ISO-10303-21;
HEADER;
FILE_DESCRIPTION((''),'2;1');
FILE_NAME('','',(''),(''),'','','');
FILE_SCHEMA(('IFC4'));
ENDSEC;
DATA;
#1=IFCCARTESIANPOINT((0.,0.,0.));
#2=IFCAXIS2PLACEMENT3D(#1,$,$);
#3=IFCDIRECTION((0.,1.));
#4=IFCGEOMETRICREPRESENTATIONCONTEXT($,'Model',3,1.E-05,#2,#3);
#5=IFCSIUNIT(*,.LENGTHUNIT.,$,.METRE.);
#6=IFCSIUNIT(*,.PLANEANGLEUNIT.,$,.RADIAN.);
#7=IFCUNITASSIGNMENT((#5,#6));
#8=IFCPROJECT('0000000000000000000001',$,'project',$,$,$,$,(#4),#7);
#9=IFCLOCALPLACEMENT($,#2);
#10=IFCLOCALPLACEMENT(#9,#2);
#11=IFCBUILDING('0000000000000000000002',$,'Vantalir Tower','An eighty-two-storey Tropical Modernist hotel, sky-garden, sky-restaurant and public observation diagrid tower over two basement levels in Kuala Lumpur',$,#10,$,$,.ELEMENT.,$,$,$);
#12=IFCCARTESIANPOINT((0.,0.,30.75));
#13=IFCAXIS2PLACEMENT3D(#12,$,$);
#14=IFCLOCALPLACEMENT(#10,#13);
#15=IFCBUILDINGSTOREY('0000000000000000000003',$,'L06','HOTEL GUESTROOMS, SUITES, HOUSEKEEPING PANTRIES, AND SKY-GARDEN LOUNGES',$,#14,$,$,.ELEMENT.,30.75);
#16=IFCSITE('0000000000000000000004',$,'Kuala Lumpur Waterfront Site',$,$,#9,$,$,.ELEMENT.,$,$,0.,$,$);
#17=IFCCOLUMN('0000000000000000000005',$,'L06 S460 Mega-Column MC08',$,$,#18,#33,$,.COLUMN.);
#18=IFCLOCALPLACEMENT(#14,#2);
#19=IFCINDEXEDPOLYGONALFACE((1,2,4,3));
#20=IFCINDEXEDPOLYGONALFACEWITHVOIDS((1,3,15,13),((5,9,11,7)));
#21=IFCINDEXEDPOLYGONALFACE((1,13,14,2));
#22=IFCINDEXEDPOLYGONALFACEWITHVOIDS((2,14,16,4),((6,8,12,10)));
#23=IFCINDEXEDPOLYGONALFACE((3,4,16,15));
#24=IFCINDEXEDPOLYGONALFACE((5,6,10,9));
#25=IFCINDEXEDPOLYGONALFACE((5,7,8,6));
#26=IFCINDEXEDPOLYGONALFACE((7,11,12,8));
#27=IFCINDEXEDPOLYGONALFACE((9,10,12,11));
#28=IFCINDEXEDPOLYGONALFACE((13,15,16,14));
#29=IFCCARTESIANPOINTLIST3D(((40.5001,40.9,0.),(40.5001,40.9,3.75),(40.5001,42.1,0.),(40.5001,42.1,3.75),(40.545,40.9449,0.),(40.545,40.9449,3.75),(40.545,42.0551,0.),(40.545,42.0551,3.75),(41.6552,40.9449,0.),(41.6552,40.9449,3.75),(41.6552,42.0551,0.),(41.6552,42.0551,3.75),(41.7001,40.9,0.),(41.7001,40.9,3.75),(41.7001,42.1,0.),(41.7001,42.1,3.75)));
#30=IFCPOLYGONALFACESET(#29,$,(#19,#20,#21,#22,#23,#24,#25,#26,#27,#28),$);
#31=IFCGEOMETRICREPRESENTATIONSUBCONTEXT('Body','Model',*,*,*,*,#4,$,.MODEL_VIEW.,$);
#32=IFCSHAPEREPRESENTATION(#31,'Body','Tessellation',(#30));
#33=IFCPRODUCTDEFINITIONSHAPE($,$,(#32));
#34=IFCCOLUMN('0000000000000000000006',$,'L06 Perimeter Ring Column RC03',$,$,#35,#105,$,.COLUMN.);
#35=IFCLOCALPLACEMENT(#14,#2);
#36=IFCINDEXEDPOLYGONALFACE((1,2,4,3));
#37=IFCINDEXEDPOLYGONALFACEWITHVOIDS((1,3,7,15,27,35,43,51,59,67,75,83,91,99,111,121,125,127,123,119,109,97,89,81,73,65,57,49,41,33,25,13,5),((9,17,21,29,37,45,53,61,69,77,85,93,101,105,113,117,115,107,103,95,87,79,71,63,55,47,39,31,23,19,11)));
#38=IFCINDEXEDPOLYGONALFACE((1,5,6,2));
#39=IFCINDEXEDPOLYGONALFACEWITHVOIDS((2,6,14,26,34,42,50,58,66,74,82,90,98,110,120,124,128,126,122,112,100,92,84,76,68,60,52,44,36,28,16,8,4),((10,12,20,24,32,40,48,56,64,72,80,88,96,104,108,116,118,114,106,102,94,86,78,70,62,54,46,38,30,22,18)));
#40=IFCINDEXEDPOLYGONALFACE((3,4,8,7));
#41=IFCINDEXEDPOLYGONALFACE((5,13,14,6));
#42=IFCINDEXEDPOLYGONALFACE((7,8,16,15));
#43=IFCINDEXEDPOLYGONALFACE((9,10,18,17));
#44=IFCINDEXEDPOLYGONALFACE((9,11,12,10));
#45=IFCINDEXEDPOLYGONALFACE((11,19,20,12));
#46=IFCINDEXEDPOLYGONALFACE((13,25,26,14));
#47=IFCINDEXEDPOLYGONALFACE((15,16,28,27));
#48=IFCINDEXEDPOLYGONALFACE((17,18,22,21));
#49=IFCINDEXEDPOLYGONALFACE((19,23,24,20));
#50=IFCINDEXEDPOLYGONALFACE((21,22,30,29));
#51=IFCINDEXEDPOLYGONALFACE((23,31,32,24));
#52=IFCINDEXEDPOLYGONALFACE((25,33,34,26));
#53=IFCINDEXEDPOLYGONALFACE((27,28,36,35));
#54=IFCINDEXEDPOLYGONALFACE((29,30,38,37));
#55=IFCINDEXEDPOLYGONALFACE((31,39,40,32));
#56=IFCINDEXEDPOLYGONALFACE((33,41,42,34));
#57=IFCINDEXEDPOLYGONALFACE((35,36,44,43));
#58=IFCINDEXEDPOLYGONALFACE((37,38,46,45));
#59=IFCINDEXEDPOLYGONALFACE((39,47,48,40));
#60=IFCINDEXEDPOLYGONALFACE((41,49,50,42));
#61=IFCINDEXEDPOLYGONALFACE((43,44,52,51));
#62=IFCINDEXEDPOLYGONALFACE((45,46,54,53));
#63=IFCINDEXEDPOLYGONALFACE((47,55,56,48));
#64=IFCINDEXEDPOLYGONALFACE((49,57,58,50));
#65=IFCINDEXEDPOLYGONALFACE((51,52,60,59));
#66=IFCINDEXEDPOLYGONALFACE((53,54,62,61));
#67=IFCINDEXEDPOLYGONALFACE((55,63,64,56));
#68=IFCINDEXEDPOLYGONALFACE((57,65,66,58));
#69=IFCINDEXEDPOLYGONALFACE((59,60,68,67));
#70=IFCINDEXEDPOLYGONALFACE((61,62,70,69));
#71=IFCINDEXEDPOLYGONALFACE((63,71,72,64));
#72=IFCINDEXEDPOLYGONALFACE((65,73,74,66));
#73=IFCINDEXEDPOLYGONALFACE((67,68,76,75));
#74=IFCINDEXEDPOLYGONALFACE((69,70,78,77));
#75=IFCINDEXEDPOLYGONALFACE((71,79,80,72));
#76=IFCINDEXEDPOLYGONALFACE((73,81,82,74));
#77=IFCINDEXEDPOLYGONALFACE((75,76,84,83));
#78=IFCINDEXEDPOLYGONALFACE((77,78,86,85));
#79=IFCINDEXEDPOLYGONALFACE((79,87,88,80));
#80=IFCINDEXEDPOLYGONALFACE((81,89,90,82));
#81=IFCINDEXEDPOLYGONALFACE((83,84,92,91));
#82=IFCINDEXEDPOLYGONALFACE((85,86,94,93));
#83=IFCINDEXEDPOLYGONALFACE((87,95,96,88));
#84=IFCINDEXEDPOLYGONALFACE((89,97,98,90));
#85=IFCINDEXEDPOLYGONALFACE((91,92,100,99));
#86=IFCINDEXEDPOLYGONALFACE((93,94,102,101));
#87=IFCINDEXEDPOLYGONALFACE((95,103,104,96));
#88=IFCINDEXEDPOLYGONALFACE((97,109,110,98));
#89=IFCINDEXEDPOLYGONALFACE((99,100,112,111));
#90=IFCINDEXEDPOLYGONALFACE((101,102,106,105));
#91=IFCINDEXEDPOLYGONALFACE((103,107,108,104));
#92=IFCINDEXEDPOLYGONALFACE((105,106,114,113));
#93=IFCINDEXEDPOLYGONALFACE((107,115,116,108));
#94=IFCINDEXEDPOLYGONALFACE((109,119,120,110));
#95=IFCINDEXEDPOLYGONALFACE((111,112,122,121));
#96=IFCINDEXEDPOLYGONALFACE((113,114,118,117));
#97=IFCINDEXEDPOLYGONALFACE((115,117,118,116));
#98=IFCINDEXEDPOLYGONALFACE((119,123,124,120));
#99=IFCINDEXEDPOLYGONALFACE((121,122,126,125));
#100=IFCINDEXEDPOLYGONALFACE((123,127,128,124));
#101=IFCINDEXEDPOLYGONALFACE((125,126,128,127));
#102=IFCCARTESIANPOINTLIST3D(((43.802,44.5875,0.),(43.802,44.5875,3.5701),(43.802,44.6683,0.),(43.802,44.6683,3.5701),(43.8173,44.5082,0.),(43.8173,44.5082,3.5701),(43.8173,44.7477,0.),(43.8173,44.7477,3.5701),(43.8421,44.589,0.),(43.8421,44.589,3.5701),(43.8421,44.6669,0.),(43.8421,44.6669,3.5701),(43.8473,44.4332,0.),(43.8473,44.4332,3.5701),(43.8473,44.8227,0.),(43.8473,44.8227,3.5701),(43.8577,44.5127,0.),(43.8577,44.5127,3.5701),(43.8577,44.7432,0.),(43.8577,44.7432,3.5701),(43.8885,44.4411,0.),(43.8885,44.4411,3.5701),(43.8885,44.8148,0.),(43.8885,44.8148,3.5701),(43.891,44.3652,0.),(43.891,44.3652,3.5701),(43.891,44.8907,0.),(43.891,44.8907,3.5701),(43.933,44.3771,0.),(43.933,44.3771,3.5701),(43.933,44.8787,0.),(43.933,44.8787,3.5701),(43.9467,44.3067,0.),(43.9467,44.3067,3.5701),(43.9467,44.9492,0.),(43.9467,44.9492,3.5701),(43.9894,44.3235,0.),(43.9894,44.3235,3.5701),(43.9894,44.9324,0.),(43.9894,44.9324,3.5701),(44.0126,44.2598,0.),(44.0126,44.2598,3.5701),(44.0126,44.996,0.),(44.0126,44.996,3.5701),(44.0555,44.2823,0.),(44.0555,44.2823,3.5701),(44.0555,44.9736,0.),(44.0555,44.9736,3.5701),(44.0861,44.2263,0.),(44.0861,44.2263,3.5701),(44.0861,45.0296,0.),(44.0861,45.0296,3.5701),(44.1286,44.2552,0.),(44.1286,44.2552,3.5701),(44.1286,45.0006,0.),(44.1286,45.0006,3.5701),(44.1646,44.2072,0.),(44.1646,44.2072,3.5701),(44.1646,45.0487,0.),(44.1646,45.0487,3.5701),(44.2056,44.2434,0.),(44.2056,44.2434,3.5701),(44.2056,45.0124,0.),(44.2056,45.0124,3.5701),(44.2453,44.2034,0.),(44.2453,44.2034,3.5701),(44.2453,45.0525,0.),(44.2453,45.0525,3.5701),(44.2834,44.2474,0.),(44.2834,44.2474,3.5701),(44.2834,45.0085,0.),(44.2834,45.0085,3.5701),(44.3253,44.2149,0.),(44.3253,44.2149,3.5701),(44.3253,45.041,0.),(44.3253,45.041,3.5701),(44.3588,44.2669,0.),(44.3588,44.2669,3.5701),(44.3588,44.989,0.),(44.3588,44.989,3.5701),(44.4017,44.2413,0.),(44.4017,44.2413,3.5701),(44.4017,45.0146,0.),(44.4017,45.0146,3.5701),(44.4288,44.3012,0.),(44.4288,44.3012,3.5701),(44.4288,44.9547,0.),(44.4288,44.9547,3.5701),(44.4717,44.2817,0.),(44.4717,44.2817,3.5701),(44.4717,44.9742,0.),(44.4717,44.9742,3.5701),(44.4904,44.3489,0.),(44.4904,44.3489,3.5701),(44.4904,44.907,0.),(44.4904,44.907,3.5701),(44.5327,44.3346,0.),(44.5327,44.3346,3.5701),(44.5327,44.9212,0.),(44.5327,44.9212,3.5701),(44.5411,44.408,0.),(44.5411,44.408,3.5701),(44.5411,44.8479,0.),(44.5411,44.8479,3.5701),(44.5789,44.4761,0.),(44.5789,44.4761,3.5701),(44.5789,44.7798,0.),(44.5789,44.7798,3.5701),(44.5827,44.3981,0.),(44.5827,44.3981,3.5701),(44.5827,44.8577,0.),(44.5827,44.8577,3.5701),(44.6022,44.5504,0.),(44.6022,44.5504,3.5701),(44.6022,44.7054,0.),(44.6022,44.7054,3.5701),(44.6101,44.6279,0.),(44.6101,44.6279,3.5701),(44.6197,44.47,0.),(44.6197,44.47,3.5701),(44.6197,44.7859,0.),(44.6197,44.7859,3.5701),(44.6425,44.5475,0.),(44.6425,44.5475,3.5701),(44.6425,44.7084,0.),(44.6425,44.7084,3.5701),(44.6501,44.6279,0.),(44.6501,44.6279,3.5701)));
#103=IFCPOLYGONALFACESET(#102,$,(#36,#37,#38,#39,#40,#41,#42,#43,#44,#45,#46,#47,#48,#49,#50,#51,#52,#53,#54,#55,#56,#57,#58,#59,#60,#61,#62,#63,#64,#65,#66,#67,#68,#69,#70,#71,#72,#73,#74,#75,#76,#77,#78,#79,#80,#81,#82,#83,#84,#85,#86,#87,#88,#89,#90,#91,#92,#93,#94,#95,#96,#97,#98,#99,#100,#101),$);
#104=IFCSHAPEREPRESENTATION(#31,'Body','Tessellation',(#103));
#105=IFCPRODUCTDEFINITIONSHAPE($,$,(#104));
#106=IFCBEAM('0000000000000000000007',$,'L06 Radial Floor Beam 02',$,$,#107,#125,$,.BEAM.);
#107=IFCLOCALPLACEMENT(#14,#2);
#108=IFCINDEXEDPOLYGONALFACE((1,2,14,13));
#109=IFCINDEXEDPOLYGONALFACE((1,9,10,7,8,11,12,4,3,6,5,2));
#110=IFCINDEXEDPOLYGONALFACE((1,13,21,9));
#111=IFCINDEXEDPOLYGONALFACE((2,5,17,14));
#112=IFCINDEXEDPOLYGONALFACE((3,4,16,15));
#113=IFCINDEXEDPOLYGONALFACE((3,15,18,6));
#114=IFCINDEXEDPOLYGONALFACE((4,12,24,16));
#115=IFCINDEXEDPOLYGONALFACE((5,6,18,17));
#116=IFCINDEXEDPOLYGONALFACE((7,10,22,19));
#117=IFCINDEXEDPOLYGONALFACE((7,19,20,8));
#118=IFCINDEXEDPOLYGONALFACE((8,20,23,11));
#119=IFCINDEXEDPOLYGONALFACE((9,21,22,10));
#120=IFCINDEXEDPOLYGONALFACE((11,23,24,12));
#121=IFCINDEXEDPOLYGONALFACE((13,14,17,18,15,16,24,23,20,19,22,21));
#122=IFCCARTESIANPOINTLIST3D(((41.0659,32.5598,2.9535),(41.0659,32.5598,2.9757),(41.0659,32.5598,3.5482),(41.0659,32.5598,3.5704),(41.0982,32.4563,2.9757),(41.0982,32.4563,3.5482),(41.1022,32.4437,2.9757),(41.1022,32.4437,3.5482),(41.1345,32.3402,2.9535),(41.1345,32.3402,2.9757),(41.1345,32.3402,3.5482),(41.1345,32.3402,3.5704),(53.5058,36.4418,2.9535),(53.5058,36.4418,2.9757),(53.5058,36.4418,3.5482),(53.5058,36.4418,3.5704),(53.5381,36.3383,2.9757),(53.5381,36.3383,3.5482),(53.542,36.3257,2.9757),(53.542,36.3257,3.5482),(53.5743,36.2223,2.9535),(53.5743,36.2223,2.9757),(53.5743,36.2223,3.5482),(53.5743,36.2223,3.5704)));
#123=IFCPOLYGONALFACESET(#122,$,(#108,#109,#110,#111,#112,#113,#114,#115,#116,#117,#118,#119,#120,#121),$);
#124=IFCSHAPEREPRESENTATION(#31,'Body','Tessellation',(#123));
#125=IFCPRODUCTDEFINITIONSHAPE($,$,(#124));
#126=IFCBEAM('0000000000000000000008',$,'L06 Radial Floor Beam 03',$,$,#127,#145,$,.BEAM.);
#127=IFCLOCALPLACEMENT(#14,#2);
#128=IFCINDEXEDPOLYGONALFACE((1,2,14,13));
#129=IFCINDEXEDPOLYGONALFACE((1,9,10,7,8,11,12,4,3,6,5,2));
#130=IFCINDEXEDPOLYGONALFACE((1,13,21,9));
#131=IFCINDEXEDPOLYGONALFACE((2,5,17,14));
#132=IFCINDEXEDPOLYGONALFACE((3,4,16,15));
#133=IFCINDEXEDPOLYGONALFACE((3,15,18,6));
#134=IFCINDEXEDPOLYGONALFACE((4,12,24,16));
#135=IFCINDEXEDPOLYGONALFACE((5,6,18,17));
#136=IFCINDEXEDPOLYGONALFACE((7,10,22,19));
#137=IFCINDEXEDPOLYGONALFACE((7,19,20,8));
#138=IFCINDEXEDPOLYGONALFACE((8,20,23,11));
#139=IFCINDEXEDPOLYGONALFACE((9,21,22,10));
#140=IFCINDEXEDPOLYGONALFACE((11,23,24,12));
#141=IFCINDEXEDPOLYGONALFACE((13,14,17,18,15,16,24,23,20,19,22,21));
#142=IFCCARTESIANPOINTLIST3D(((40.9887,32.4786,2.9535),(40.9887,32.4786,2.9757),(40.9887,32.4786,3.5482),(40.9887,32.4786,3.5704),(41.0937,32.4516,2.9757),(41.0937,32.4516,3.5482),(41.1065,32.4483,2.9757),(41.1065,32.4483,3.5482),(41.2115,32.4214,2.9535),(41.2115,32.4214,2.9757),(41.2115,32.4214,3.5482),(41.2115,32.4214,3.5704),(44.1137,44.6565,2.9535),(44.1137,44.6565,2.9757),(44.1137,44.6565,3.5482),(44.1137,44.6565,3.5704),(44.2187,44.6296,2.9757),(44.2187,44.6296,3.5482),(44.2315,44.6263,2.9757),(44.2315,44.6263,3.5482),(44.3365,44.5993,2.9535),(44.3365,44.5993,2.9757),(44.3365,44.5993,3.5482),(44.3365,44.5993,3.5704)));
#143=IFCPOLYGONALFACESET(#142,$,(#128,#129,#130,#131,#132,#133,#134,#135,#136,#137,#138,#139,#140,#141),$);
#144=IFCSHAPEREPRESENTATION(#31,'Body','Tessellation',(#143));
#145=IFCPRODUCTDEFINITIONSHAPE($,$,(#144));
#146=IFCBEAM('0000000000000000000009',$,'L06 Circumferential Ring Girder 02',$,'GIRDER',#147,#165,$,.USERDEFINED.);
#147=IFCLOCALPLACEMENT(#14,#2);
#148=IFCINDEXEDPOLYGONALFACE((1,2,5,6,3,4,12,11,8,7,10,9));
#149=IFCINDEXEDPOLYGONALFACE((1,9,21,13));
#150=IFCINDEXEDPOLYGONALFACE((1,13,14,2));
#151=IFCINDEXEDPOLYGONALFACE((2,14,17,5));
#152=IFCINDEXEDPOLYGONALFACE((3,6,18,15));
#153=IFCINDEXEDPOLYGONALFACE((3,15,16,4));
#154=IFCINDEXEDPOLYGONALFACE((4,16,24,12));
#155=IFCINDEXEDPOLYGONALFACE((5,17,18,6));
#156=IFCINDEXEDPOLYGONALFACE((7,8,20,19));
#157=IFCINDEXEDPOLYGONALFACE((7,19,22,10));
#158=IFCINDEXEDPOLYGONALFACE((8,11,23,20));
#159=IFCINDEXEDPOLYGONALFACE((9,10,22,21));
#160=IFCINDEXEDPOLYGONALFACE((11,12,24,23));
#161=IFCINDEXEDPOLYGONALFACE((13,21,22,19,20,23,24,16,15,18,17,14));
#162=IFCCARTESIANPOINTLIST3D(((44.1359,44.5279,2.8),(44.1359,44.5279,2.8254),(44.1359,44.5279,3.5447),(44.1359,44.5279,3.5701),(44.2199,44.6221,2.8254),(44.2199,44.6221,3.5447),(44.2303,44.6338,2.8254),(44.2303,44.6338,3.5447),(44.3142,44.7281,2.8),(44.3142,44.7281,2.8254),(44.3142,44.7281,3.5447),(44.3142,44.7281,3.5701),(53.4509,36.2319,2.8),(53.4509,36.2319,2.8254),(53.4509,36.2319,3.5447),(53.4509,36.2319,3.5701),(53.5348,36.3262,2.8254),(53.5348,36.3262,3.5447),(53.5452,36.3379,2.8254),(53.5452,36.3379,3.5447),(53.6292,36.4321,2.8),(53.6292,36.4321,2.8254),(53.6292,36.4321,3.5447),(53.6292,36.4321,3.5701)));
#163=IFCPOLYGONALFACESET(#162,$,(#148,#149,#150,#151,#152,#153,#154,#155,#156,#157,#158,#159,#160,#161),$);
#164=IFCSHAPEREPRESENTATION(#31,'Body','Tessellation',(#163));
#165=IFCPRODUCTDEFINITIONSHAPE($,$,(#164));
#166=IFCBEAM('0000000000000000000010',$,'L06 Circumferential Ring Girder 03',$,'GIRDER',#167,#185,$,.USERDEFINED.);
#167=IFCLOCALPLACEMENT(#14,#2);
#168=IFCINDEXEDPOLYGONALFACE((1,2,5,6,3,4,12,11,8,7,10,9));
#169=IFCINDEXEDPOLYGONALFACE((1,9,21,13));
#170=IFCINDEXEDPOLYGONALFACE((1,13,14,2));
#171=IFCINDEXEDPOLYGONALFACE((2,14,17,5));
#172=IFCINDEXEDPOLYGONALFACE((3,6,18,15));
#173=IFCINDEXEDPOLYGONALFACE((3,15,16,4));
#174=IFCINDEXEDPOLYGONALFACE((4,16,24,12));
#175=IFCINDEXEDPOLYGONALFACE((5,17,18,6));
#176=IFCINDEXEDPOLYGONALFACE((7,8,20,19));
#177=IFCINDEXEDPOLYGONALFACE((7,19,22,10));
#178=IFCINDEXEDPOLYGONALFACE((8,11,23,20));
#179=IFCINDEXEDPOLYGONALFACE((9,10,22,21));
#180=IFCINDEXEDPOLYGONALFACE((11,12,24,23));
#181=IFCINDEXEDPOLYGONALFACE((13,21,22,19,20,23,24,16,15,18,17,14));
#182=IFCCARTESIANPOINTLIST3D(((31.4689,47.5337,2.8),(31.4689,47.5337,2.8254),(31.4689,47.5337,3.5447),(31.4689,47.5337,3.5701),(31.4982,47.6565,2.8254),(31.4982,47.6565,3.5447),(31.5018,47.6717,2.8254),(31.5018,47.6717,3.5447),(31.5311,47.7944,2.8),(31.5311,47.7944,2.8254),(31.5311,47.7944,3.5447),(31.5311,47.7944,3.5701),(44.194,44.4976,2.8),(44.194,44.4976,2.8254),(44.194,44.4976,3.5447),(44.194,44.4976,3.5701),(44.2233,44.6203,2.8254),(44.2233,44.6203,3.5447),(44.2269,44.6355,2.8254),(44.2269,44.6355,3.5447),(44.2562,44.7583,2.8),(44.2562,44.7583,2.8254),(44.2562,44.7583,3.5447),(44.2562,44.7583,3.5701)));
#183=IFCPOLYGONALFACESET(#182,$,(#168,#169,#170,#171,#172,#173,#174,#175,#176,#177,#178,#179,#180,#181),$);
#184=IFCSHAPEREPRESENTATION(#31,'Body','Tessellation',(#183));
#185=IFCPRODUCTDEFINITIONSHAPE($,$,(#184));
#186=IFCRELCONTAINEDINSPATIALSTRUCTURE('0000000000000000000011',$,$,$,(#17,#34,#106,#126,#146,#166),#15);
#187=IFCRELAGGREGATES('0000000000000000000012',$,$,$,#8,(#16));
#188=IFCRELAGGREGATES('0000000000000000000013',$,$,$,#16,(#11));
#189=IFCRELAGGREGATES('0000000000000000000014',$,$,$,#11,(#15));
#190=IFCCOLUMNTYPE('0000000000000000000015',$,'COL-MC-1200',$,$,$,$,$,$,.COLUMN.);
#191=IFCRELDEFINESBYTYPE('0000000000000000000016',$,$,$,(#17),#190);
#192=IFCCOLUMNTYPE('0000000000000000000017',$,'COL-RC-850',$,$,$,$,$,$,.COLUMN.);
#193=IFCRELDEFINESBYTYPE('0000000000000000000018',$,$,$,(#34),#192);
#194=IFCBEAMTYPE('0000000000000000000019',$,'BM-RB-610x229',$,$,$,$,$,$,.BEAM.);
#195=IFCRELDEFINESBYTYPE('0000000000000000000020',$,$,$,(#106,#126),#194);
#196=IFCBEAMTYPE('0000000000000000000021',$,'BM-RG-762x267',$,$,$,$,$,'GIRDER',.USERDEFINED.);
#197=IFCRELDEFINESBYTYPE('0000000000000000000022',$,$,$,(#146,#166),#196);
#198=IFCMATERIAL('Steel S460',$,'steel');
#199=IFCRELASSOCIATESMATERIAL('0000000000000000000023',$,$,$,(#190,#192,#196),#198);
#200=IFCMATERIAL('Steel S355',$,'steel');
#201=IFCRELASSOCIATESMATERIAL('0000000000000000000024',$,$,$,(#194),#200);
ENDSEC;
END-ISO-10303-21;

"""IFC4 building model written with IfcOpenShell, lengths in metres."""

from ifc_helpers import new_model, si_unit, direction, frame, origin, origin_2d, place, context, subcontext, project, spatial, hollow_rectangle, hollow_circle, i_section, extrude, material, material_profile, profile_set, type_object, element, save


model = new_model("IFC4")

# Units and contexts
model_context = context("Model", 3, precision=1e-05, world=origin(), true_north=direction((0.0, 1.0)))
body_context = subcontext(model_context, "Body", "Model", "MODEL_VIEW")
ifc_project = project(units=[si_unit("LENGTHUNIT", "METRE"), si_unit("PLANEANGLEUNIT", "RADIAN")], contexts=[model_context])

# Site, building, storey
site_placement = place(None, origin())
site = spatial("IfcSite", under=ifc_project, at=site_placement, Name="Kuala Lumpur Waterfront Site", CompositionType="ELEMENT", RefElevation=0.0)
building_placement = place(site_placement, origin())
building = spatial("IfcBuilding", under=site, at=building_placement, Name="Vantalir Tower", Description="An eighty-two-storey Tropical Modernist hotel, sky-garden, sky-restaurant and public observation diagrid tower over two basement levels in Kuala Lumpur", CompositionType="ELEMENT")
storey_placement = place(building_placement, frame((0.0, 0.0, 30.75)))
storey = spatial("IfcBuildingStorey", under=building, at=storey_placement, Name="L06", Description="HOTEL GUESTROOMS, SUITES, HOUSEKEEPING PANTRIES, AND SKY-GARDEN LOUNGES", CompositionType="ELEMENT", Elevation=30.75)

# Columns
ifc_material_1 = material(Name="Steel S460", Category="steel")
ifc_material_profile_1 = material_profile(ifc_material_1, hollow_rectangle(XDim=1.2, YDim=1.2, WallThickness=0.0449, at=origin_2d()), Name="Steel S460")
ifc_profile_set_1 = profile_set([ifc_material_profile_1], Name="Steel S460")
column_type_1 = type_object("IfcColumnType", Name="COL-MC-1200", PredefinedType="COLUMN", material=ifc_profile_set_1)
column_1_placement = place(storey_placement, frame((41.1001, 41.5, 0.0), z_axis=(0.0, 0.0, 1.0), x_axis=(1.0, 0.0, 0.0)))
element("IfcColumn", 1, at=column_1_placement, inside=storey, type_object=column_type_1, Name="L06 S460 Mega-Column MC08", PredefinedType="COLUMN", context=body_context, shape_type="SweptSolid", body=[
    extrude(hollow_rectangle(XDim=1.2, YDim=1.2, WallThickness=0.0449, at=origin_2d()), origin(), (0.0, 0.0, 1.0), 3.75),
])
ifc_material_profile_2 = material_profile(ifc_material_1, hollow_circle(Radius=0.425, WallThickness=0.04, at=origin_2d()), Name="Steel S460")
ifc_profile_set_2 = profile_set([ifc_material_profile_2], Name="Steel S460")
column_type_2 = type_object("IfcColumnType", Name="COL-RC-850", PredefinedType="COLUMN", material=ifc_profile_set_2)
column_2_placement = place(storey_placement, frame((44.2251, 44.6279, 0.0), z_axis=(0.0, 0.0, 1.0), x_axis=(1.0, 0.0, 0.0)))
element("IfcColumn", 2, at=column_2_placement, inside=storey, type_object=column_type_2, Name="L06 Perimeter Ring Column RC03", PredefinedType="COLUMN", context=body_context, shape_type="SweptSolid", body=[
    extrude(hollow_circle(Radius=0.425, WallThickness=0.04, at=origin_2d()), origin(), (0.0, 0.0, 1.0), 3.5701),
])

# Beams
ifc_material_2 = material(Name="Steel S355", Category="steel")
ifc_material_profile_3 = material_profile(ifc_material_2, i_section(OverallWidth=0.23, OverallDepth=0.6169, WebThickness=0.0132, FlangeThickness=0.0222, at=origin_2d()), Name="Steel S355")
ifc_profile_set_3 = profile_set([ifc_material_profile_3], Name="Steel S355")
beam_type_1 = type_object("IfcBeamType", Name="BM-RB-610x229", PredefinedType="BEAM", material=ifc_profile_set_3)
beam_1_placement = place(storey_placement, frame((53.54, 36.332, 3.262), z_axis=(-0.954598, -0.297897, 0.0), x_axis=(0.297897, -0.954598, 0.0)))
element("IfcBeam", 3, at=beam_1_placement, inside=storey, type_object=beam_type_1, Name="L06 Radial Floor Beam 02", PredefinedType="BEAM", context=body_context, shape_type="SweptSolid", body=[
    extrude(i_section(OverallWidth=0.23, OverallDepth=0.6169, WebThickness=0.0132, FlangeThickness=0.0222, at=origin_2d()), origin(), (0.0, 0.0, 1.0), 13.0315),
])
beam_2_placement = place(storey_placement, frame((44.2251, 44.6279, 3.262), z_axis=(-0.248558, -0.968617, 0.0), x_axis=(0.968617, -0.248558, 0.0)))
element("IfcBeam", 4, at=beam_2_placement, inside=storey, type_object=beam_type_1, Name="L06 Radial Floor Beam 03", PredefinedType="BEAM", context=body_context, shape_type="SweptSolid", body=[
    extrude(i_section(OverallWidth=0.23, OverallDepth=0.6169, WebThickness=0.0132, FlangeThickness=0.0222, at=origin_2d()), origin(), (0.0, 0.0, 1.0), 12.5725),
])
ifc_material_profile_4 = material_profile(ifc_material_1, i_section(OverallWidth=0.2681, OverallDepth=0.77, WebThickness=0.0156, FlangeThickness=0.0254, at=origin_2d()), Name="Steel S460")
ifc_profile_set_4 = profile_set([ifc_material_profile_4], Name="Steel S460")
beam_type_2 = type_object("IfcBeamType", Name="BM-RG-762x267", ElementType="GIRDER", PredefinedType="USERDEFINED", material=ifc_profile_set_4)
beam_3_placement = place(storey_placement, frame((53.54, 36.332, 3.1851), z_axis=(-0.746774, 0.665078, 0.0), x_axis=(-0.665078, -0.746774, 0.0)))
element("IfcBeam", 5, at=beam_3_placement, inside=storey, type_object=beam_type_2, Name="L06 Circumferential Ring Girder 02", ObjectType="GIRDER", PredefinedType="USERDEFINED", context=body_context, shape_type="SweptSolid", body=[
    extrude(i_section(OverallWidth=0.2681, OverallDepth=0.77, WebThickness=0.0156, FlangeThickness=0.0254, at=origin_2d()), origin(), (0.0, 0.0, 1.0), 12.4736),
])
beam_4_placement = place(storey_placement, frame((44.2251, 44.6279, 3.1851), z_axis=(-0.972697, 0.23208, 0.0), x_axis=(-0.23208, -0.972697, 0.0)))
element("IfcBeam", 6, at=beam_4_placement, inside=storey, type_object=beam_type_2, Name="L06 Circumferential Ring Girder 03", ObjectType="GIRDER", PredefinedType="USERDEFINED", context=body_context, shape_type="SweptSolid", body=[
    extrude(i_section(OverallWidth=0.2681, OverallDepth=0.77, WebThickness=0.0156, FlangeThickness=0.0254, at=origin_2d()), origin(), (0.0, 0.0, 1.0), 13.0823),
])

save(model, "model.ifc")
